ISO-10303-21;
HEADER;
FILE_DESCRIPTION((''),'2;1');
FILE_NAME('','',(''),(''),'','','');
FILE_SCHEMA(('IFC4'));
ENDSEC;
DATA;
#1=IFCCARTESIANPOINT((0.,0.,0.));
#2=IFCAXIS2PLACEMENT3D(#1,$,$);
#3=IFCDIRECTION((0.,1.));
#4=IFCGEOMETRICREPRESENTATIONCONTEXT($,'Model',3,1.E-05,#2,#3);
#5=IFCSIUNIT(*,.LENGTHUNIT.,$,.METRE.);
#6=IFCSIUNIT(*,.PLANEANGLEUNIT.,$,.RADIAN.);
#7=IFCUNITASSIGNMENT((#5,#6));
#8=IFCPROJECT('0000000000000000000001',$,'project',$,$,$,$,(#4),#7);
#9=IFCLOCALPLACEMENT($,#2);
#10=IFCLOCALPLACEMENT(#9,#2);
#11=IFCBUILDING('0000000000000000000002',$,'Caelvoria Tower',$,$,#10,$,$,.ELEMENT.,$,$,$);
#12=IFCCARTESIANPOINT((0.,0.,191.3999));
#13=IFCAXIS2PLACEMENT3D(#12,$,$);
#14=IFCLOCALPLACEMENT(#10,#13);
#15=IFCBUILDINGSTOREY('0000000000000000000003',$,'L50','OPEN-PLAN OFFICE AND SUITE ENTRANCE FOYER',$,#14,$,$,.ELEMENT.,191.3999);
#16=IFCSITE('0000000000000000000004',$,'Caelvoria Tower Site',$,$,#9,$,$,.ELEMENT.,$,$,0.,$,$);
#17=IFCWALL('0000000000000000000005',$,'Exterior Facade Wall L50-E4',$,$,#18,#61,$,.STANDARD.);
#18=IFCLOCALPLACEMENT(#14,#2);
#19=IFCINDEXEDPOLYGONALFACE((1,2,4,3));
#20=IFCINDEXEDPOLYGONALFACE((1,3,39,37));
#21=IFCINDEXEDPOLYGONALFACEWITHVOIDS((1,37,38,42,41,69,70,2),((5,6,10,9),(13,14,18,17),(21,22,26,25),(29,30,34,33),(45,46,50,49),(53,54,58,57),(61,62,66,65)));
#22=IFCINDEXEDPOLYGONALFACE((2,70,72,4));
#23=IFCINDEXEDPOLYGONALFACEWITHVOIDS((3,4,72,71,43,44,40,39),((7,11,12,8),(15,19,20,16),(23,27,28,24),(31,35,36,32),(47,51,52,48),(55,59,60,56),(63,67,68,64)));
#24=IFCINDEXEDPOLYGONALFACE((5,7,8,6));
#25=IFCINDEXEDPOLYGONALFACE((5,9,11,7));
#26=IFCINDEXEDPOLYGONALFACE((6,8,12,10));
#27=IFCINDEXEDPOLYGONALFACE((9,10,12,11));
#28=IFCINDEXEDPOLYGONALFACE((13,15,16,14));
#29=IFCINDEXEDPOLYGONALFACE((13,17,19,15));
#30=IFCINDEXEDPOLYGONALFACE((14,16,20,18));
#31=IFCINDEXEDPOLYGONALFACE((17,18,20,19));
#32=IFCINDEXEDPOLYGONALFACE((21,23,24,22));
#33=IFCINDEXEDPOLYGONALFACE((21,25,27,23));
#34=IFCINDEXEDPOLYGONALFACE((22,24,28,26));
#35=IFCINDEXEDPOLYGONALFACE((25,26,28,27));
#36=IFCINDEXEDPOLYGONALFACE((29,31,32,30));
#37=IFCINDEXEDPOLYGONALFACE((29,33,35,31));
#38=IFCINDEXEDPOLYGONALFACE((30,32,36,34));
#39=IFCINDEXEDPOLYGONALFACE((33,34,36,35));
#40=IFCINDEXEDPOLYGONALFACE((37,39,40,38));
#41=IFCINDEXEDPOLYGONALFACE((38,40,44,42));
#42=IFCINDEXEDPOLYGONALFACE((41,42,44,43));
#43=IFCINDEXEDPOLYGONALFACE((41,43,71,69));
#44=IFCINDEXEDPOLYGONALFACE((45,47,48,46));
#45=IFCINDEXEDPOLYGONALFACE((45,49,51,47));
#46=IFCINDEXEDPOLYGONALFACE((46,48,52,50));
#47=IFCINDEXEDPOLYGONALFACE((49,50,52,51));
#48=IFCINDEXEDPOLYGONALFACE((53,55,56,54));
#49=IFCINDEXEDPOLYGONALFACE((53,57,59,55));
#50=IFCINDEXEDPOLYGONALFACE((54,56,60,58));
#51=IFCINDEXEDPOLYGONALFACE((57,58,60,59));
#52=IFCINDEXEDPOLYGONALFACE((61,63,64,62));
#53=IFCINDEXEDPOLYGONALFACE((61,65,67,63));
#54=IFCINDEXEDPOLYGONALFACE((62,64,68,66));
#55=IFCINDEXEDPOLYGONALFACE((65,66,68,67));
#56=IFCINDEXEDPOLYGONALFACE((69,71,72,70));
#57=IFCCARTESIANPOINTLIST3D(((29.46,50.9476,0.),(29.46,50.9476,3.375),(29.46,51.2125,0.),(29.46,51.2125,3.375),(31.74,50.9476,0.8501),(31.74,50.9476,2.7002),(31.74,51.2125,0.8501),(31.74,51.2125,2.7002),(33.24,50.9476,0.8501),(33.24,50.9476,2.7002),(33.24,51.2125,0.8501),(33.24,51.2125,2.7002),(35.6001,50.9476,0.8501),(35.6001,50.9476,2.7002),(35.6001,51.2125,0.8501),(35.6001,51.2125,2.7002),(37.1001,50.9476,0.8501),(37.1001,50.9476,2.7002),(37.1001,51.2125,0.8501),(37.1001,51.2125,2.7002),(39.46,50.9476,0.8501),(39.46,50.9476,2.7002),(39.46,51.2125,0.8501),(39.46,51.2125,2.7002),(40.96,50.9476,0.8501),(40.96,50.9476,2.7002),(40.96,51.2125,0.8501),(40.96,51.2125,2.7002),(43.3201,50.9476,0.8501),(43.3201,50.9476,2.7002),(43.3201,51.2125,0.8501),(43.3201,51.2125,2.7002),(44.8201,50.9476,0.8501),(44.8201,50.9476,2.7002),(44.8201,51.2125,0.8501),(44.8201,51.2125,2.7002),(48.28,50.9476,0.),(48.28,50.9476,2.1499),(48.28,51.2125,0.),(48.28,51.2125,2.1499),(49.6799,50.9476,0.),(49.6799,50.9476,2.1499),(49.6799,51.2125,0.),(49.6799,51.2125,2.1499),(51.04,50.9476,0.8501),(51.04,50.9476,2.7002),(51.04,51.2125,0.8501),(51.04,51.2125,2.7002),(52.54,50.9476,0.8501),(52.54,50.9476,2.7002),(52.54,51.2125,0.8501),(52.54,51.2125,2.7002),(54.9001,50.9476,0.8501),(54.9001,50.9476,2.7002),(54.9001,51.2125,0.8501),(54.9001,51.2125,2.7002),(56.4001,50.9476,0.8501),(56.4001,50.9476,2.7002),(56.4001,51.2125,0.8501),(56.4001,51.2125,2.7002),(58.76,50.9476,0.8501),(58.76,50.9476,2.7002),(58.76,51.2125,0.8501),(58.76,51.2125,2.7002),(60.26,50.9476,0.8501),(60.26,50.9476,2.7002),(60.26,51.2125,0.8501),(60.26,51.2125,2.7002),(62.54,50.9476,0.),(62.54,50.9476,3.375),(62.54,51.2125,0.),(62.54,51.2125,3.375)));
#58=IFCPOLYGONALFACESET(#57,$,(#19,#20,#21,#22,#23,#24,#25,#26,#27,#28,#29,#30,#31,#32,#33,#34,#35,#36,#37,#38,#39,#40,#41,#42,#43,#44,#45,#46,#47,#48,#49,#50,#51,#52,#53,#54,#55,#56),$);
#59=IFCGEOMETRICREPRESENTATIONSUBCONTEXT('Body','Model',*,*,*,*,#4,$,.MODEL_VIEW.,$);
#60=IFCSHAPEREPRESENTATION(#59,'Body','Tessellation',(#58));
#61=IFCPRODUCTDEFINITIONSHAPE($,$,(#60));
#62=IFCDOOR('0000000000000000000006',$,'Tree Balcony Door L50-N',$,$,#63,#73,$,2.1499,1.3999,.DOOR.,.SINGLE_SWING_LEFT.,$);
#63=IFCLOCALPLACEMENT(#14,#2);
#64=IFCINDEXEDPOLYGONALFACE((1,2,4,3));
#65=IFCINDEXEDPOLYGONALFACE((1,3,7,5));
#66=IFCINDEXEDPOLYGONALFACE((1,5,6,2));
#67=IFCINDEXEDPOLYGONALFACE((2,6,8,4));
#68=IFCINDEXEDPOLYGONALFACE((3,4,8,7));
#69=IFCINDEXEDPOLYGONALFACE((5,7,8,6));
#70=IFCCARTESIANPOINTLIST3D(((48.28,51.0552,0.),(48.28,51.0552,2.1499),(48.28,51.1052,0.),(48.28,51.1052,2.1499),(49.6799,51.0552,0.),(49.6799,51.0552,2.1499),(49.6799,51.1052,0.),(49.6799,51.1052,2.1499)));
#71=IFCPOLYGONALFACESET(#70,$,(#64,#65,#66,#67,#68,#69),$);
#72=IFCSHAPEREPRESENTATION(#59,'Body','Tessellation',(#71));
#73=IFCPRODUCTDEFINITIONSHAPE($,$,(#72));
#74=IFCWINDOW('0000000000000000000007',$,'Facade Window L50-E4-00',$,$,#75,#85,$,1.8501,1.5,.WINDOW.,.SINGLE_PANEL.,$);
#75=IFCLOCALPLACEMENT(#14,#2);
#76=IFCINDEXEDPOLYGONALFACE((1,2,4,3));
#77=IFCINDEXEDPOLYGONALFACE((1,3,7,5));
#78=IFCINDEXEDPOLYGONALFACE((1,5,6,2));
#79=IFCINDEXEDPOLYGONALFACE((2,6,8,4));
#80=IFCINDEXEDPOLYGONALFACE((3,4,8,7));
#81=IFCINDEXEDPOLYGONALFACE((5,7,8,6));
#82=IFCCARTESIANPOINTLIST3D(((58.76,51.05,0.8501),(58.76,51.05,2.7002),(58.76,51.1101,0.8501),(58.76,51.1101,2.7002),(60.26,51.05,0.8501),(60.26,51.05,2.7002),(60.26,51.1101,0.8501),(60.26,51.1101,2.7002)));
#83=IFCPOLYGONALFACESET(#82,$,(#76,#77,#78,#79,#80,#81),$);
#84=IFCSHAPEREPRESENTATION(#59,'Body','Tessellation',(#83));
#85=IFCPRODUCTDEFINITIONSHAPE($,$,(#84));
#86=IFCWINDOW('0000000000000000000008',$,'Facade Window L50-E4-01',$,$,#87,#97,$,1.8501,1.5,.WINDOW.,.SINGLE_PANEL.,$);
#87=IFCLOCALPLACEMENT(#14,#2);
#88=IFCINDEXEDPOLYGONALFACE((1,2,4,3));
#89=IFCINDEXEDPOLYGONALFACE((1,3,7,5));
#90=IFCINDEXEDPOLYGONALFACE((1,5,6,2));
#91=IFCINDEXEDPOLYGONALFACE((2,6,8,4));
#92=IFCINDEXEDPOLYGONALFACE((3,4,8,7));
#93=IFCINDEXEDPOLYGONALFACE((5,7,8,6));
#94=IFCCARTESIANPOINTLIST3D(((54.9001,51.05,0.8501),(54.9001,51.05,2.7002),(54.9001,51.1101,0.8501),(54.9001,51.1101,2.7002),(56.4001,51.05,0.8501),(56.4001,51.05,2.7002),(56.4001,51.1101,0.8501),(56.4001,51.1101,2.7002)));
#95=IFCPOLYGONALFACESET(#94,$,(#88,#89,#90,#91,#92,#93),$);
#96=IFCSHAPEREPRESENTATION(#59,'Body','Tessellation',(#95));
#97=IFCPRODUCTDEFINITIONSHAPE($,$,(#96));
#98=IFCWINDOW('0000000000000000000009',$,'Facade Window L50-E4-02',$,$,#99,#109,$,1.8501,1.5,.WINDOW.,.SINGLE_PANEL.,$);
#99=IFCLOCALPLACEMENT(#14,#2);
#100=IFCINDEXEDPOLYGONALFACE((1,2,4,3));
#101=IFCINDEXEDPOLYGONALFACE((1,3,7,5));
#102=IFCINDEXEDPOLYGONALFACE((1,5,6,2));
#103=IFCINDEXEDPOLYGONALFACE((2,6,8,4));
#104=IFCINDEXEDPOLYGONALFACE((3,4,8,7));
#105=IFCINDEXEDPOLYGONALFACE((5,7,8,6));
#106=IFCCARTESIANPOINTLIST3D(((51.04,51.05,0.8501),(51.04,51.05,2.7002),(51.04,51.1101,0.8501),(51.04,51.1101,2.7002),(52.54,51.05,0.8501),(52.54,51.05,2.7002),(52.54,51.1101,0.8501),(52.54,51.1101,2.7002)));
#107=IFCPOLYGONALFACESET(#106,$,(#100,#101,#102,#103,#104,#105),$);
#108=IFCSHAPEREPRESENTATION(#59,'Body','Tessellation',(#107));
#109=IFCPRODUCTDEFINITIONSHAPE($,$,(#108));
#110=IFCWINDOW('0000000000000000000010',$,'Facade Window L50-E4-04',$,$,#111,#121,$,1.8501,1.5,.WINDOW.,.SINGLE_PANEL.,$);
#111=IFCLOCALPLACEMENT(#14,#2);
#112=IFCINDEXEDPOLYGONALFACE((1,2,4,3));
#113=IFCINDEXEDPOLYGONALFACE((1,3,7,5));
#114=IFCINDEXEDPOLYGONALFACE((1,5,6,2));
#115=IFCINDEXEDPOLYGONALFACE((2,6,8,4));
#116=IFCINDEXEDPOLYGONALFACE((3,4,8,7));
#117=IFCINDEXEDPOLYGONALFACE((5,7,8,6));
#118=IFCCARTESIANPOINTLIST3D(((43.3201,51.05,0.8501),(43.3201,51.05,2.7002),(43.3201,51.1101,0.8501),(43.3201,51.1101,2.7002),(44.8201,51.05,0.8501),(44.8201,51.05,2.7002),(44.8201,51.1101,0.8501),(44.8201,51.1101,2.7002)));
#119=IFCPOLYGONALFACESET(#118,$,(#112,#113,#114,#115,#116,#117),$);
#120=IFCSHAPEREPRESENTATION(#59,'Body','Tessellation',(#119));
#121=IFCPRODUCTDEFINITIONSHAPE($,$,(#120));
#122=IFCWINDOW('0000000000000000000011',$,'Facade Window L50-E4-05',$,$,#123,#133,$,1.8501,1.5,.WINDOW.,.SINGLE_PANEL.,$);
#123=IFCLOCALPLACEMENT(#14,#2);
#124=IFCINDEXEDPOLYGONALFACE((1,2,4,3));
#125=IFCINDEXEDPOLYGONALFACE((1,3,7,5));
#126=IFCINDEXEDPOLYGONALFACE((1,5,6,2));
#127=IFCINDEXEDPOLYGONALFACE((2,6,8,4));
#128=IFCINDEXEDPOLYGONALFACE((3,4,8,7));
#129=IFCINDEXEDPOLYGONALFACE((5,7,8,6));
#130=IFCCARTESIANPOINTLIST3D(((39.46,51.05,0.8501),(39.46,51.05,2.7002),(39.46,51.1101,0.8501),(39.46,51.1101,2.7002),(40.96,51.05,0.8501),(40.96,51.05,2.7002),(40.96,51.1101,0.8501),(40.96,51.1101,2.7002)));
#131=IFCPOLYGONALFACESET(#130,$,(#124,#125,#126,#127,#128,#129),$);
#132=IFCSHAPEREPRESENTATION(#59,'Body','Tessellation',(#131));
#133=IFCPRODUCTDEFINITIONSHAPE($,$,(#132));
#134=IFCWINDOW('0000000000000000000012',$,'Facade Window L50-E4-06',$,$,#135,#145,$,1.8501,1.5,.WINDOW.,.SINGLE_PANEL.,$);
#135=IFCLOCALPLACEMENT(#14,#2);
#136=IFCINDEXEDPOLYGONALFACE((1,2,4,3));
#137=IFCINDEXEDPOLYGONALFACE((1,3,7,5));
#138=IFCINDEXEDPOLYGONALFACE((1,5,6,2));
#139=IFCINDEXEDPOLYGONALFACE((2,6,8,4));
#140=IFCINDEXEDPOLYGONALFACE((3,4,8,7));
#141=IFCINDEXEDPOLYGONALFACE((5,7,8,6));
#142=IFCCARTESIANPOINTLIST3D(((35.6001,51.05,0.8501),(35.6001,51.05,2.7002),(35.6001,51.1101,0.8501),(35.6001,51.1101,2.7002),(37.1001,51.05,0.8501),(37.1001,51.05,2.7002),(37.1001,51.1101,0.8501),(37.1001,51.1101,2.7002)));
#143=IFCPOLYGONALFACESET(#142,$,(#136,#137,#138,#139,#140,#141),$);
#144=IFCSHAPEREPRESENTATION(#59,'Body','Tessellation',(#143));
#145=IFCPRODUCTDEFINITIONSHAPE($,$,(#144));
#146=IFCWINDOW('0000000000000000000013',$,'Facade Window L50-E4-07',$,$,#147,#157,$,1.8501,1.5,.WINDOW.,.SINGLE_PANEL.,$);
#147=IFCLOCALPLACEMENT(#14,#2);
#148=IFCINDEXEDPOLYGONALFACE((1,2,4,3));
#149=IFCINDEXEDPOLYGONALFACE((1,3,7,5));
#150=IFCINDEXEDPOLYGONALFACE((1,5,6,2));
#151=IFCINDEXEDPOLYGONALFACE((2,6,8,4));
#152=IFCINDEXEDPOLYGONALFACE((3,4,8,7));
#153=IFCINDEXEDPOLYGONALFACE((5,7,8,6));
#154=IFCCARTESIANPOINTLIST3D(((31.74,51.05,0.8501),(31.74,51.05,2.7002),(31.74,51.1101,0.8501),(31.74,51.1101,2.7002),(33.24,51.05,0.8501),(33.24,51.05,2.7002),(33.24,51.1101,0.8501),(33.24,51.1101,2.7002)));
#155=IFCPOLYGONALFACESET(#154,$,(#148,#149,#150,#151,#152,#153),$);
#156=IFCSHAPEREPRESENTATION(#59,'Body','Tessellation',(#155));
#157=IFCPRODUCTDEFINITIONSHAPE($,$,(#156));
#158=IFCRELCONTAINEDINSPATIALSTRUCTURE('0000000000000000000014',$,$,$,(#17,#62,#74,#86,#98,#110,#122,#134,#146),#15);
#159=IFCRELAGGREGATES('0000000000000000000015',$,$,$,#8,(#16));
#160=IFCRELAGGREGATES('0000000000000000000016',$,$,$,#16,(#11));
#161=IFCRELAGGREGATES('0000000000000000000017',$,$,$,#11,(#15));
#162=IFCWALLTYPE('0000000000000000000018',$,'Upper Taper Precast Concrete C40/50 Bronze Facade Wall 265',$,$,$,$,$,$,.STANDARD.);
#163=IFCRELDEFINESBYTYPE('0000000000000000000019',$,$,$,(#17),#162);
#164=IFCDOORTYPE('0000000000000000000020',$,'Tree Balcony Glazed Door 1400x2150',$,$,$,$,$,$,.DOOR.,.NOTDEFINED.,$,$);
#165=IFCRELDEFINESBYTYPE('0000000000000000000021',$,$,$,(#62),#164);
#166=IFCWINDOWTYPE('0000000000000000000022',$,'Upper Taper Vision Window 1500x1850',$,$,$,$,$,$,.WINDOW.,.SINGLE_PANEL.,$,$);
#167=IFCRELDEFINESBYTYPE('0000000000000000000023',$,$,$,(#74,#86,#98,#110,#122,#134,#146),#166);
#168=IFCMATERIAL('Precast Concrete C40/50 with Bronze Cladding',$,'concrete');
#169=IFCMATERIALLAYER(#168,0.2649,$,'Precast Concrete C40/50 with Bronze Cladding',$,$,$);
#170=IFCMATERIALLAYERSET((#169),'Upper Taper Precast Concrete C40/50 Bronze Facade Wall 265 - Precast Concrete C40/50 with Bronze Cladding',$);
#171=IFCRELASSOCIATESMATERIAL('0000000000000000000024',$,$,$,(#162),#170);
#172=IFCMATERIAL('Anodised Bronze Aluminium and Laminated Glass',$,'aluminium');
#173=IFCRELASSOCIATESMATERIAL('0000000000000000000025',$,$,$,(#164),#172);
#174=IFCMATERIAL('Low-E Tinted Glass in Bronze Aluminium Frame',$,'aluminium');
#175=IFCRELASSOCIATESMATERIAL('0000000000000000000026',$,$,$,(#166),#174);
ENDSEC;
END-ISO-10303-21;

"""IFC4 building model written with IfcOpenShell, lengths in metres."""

from ifc_helpers import new_model, si_unit, direction, frame, frame_2d, origin, place, context, subcontext, project, spatial, rectangle, extrude, material, layer, layer_set, type_object, element, fill, save


model = new_model("IFC4")

# Units and contexts
model_context = context("Model", 3, precision=1e-05, world=origin(), true_north=direction((0.0, 1.0)))
body_context = subcontext(model_context, "Body", "Model", "MODEL_VIEW")
ifc_project = project(units=[si_unit("LENGTHUNIT", "METRE"), si_unit("PLANEANGLEUNIT", "RADIAN")], contexts=[model_context])

# Site, building, storey
site_placement = place(None, origin())
site = spatial("IfcSite", under=ifc_project, at=site_placement, Name="Caelvoria Tower Site", CompositionType="ELEMENT", RefElevation=0.0)
building_placement = place(site_placement, origin())
building = spatial("IfcBuilding", under=site, at=building_placement, Name="Caelvoria Tower", CompositionType="ELEMENT")
storey_placement = place(building_placement, frame((0.0, 0.0, 191.3999)))
storey = spatial("IfcBuildingStorey", under=building, at=storey_placement, Name="L50", Description="OPEN-PLAN OFFICE AND SUITE ENTRANCE FOYER", CompositionType="ELEMENT", Elevation=191.3999)

# Shared definitions
ifc_material_1 = material(Name="Precast Concrete C40/50 with Bronze Cladding", Category="concrete")
ifc_layer_1 = layer(ifc_material_1, 0.2649, Name="Precast Concrete C40/50 with Bronze Cladding")
ifc_layer_set_1 = layer_set([ifc_layer_1], Name="Upper Taper Precast Concrete C40/50 Bronze Facade Wall 265 - Precast Concrete C40/50 with Bronze Cladding")
wall_type_1 = type_object("IfcWallType", Name="Upper Taper Precast Concrete C40/50 Bronze Facade Wall 265", PredefinedType="STANDARD", material=ifc_layer_set_1)

# Wall, openings, door, windows
wall_1_placement = place(storey_placement, frame((62.54, 51.0801, 0.0), z_axis=(0.0, 0.0, 1.0), x_axis=(-1.0, 0.0, 0.0)))
wall_1 = element("IfcWall", 1, at=wall_1_placement, inside=storey, type_object=wall_type_1, Name="Exterior Facade Wall L50-E4", PredefinedType="STANDARD", context=body_context, shape_type="SweptSolid", body=[
    extrude(rectangle(XDim=33.0801, YDim=0.2649, at=frame_2d((16.54, 0.0))), origin(), (0.0, 0.0, 1.0), 3.375),
])
opening_1_placement = place(wall_1_placement, frame((12.8601, 0.0, 0.0)))
opening_1 = element("IfcOpeningElement", 2, at=opening_1_placement, cuts=wall_1, PredefinedType="OPENING", context=body_context, shape_type="SweptSolid", body=[
    extrude(rectangle(XDim=1.3999, YDim=2.1499, at=frame_2d((0.7, 1.075))), frame((0.0, 0.1423, 0.0), z_axis=(0.0, -1.0, 0.0), x_axis=(1.0, 0.0, 0.0)), (0.0, 0.0, 1.0), 0.2849),
])
opening_2_placement = place(wall_1_placement, frame((2.28, 0.0, 0.8501)))
opening_2 = element("IfcOpeningElement", 3, at=opening_2_placement, cuts=wall_1, PredefinedType="OPENING", context=body_context, shape_type="SweptSolid", body=[
    extrude(rectangle(XDim=1.5, YDim=1.8501, at=frame_2d((0.75, 0.925))), frame((0.0, 0.1423, 0.0), z_axis=(0.0, -1.0, 0.0), x_axis=(1.0, 0.0, 0.0)), (0.0, 0.0, 1.0), 0.2849),
])
opening_3_placement = place(wall_1_placement, frame((6.1399, 0.0, 0.8501)))
opening_3 = element("IfcOpeningElement", 4, at=opening_3_placement, cuts=wall_1, PredefinedType="OPENING", context=body_context, shape_type="SweptSolid", body=[
    extrude(rectangle(XDim=1.5, YDim=1.8501, at=frame_2d((0.75, 0.925))), frame((0.0, 0.1423, 0.0), z_axis=(0.0, -1.0, 0.0), x_axis=(1.0, 0.0, 0.0)), (0.0, 0.0, 1.0), 0.2849),
])
opening_4_placement = place(wall_1_placement, frame((10.0, 0.0, 0.8501)))
opening_4 = element("IfcOpeningElement", 5, at=opening_4_placement, cuts=wall_1, PredefinedType="OPENING", context=body_context, shape_type="SweptSolid", body=[
    extrude(rectangle(XDim=1.5, YDim=1.8501, at=frame_2d((0.75, 0.925))), frame((0.0, 0.1423, 0.0), z_axis=(0.0, -1.0, 0.0), x_axis=(1.0, 0.0, 0.0)), (0.0, 0.0, 1.0), 0.2849),
])
opening_5_placement = place(wall_1_placement, frame((17.72, 0.0, 0.8501)))
opening_5 = element("IfcOpeningElement", 6, at=opening_5_placement, cuts=wall_1, PredefinedType="OPENING", context=body_context, shape_type="SweptSolid", body=[
    extrude(rectangle(XDim=1.5, YDim=1.8501, at=frame_2d((0.75, 0.925))), frame((0.0, 0.1423, 0.0), z_axis=(0.0, -1.0, 0.0), x_axis=(1.0, 0.0, 0.0)), (0.0, 0.0, 1.0), 0.2849),
])
opening_6_placement = place(wall_1_placement, frame((21.5801, 0.0, 0.8501)))
opening_6 = element("IfcOpeningElement", 7, at=opening_6_placement, cuts=wall_1, PredefinedType="OPENING", context=body_context, shape_type="SweptSolid", body=[
    extrude(rectangle(XDim=1.5, YDim=1.8501, at=frame_2d((0.75, 0.925))), frame((0.0, 0.1423, 0.0), z_axis=(0.0, -1.0, 0.0), x_axis=(1.0, 0.0, 0.0)), (0.0, 0.0, 1.0), 0.2849),
])
opening_7_placement = place(wall_1_placement, frame((25.4399, 0.0, 0.8501)))
opening_7 = element("IfcOpeningElement", 8, at=opening_7_placement, cuts=wall_1, PredefinedType="OPENING", context=body_context, shape_type="SweptSolid", body=[
    extrude(rectangle(XDim=1.5, YDim=1.8501, at=frame_2d((0.75, 0.925))), frame((0.0, 0.1423, 0.0), z_axis=(0.0, -1.0, 0.0), x_axis=(1.0, 0.0, 0.0)), (0.0, 0.0, 1.0), 0.2849),
])
opening_8_placement = place(wall_1_placement, frame((29.3, 0.0, 0.8501)))
opening_8 = element("IfcOpeningElement", 9, at=opening_8_placement, cuts=wall_1, PredefinedType="OPENING", context=body_context, shape_type="SweptSolid", body=[
    extrude(rectangle(XDim=1.5, YDim=1.8501, at=frame_2d((0.75, 0.925))), frame((0.0, 0.1423, 0.0), z_axis=(0.0, -1.0, 0.0), x_axis=(1.0, 0.0, 0.0)), (0.0, 0.0, 1.0), 0.2849),
])
ifc_material_2 = material(Name="Anodised Bronze Aluminium and Laminated Glass", Category="aluminium")
door_type = type_object("IfcDoorType", Name="Tree Balcony Glazed Door 1400x2150", OperationType="NOTDEFINED", PredefinedType="DOOR", material=ifc_material_2)
door_placement = place(opening_1_placement, origin())
door = element("IfcDoor", 10, at=door_placement, inside=storey, type_object=door_type, Name="Tree Balcony Door L50-N", OperationType="SINGLE_SWING_LEFT", OverallHeight=2.1499, OverallWidth=1.3999, PredefinedType="DOOR", context=body_context, shape_type="SweptSolid", body=[
    extrude(rectangle(XDim=1.3999, YDim=2.1499, at=frame_2d((0.7, 1.075))), frame((0.0, 0.0249, 0.0), z_axis=(0.0, -1.0, 0.0), x_axis=(1.0, 0.0, 0.0)), (0.0, 0.0, 1.0), 0.05),
])
fill(opening_1, door)
ifc_material_3 = material(Name="Low-E Tinted Glass in Bronze Aluminium Frame", Category="aluminium")
window_type = type_object("IfcWindowType", Name="Upper Taper Vision Window 1500x1850", PartitioningType="SINGLE_PANEL", PredefinedType="WINDOW", material=ifc_material_3)
window_1_placement = place(opening_2_placement, origin())
window_1 = element("IfcWindow", 11, at=window_1_placement, inside=storey, type_object=window_type, Name="Facade Window L50-E4-00", OverallHeight=1.8501, OverallWidth=1.5, PartitioningType="SINGLE_PANEL", PredefinedType="WINDOW", context=body_context, shape_type="SweptSolid", body=[
    extrude(rectangle(XDim=1.5, YDim=1.8501, at=frame_2d((0.75, 0.925))), frame((0.0, 0.03, 0.0), z_axis=(0.0, -1.0, 0.0), x_axis=(1.0, 0.0, 0.0)), (0.0, 0.0, 1.0), 0.0601),
])
fill(opening_2, window_1)
window_2_placement = place(opening_3_placement, origin())
window_2 = element("IfcWindow", 12, at=window_2_placement, inside=storey, type_object=window_type, Name="Facade Window L50-E4-01", OverallHeight=1.8501, OverallWidth=1.5, PartitioningType="SINGLE_PANEL", PredefinedType="WINDOW", context=body_context, shape_type="SweptSolid", body=[
    extrude(rectangle(XDim=1.5, YDim=1.8501, at=frame_2d((0.75, 0.925))), frame((0.0, 0.03, 0.0), z_axis=(0.0, -1.0, 0.0), x_axis=(1.0, 0.0, 0.0)), (0.0, 0.0, 1.0), 0.0601),
])
fill(opening_3, window_2)
window_3_placement = place(opening_4_placement, origin())
window_3 = element("IfcWindow", 13, at=window_3_placement, inside=storey, type_object=window_type, Name="Facade Window L50-E4-02", OverallHeight=1.8501, OverallWidth=1.5, PartitioningType="SINGLE_PANEL", PredefinedType="WINDOW", context=body_context, shape_type="SweptSolid", body=[
    extrude(rectangle(XDim=1.5, YDim=1.8501, at=frame_2d((0.75, 0.925))), frame((0.0, 0.03, 0.0), z_axis=(0.0, -1.0, 0.0), x_axis=(1.0, 0.0, 0.0)), (0.0, 0.0, 1.0), 0.0601),
])
fill(opening_4, window_3)
window_4_placement = place(opening_5_placement, origin())
window_4 = element("IfcWindow", 14, at=window_4_placement, inside=storey, type_object=window_type, Name="Facade Window L50-E4-04", OverallHeight=1.8501, OverallWidth=1.5, PartitioningType="SINGLE_PANEL", PredefinedType="WINDOW", context=body_context, shape_type="SweptSolid", body=[
    extrude(rectangle(XDim=1.5, YDim=1.8501, at=frame_2d((0.75, 0.925))), frame((0.0, 0.03, 0.0), z_axis=(0.0, -1.0, 0.0), x_axis=(1.0, 0.0, 0.0)), (0.0, 0.0, 1.0), 0.0601),
])
fill(opening_5, window_4)
window_5_placement = place(opening_6_placement, origin())
window_5 = element("IfcWindow", 15, at=window_5_placement, inside=storey, type_object=window_type, Name="Facade Window L50-E4-05", OverallHeight=1.8501, OverallWidth=1.5, PartitioningType="SINGLE_PANEL", PredefinedType="WINDOW", context=body_context, shape_type="SweptSolid", body=[
    extrude(rectangle(XDim=1.5, YDim=1.8501, at=frame_2d((0.75, 0.925))), frame((0.0, 0.03, 0.0), z_axis=(0.0, -1.0, 0.0), x_axis=(1.0, 0.0, 0.0)), (0.0, 0.0, 1.0), 0.0601),
])
fill(opening_6, window_5)
window_6_placement = place(opening_7_placement, origin())
window_6 = element("IfcWindow", 16, at=window_6_placement, inside=storey, type_object=window_type, Name="Facade Window L50-E4-06", OverallHeight=1.8501, OverallWidth=1.5, PartitioningType="SINGLE_PANEL", PredefinedType="WINDOW", context=body_context, shape_type="SweptSolid", body=[
    extrude(rectangle(XDim=1.5, YDim=1.8501, at=frame_2d((0.75, 0.925))), frame((0.0, 0.03, 0.0), z_axis=(0.0, -1.0, 0.0), x_axis=(1.0, 0.0, 0.0)), (0.0, 0.0, 1.0), 0.0601),
])
fill(opening_7, window_6)
window_7_placement = place(opening_8_placement, origin())
window_7 = element("IfcWindow", 17, at=window_7_placement, inside=storey, type_object=window_type, Name="Facade Window L50-E4-07", OverallHeight=1.8501, OverallWidth=1.5, PartitioningType="SINGLE_PANEL", PredefinedType="WINDOW", context=body_context, shape_type="SweptSolid", body=[
    extrude(rectangle(XDim=1.5, YDim=1.8501, at=frame_2d((0.75, 0.925))), frame((0.0, 0.03, 0.0), z_axis=(0.0, -1.0, 0.0), x_axis=(1.0, 0.0, 0.0)), (0.0, 0.0, 1.0), 0.0601),
])
fill(opening_8, window_7)

save(model, "model.ifc")
